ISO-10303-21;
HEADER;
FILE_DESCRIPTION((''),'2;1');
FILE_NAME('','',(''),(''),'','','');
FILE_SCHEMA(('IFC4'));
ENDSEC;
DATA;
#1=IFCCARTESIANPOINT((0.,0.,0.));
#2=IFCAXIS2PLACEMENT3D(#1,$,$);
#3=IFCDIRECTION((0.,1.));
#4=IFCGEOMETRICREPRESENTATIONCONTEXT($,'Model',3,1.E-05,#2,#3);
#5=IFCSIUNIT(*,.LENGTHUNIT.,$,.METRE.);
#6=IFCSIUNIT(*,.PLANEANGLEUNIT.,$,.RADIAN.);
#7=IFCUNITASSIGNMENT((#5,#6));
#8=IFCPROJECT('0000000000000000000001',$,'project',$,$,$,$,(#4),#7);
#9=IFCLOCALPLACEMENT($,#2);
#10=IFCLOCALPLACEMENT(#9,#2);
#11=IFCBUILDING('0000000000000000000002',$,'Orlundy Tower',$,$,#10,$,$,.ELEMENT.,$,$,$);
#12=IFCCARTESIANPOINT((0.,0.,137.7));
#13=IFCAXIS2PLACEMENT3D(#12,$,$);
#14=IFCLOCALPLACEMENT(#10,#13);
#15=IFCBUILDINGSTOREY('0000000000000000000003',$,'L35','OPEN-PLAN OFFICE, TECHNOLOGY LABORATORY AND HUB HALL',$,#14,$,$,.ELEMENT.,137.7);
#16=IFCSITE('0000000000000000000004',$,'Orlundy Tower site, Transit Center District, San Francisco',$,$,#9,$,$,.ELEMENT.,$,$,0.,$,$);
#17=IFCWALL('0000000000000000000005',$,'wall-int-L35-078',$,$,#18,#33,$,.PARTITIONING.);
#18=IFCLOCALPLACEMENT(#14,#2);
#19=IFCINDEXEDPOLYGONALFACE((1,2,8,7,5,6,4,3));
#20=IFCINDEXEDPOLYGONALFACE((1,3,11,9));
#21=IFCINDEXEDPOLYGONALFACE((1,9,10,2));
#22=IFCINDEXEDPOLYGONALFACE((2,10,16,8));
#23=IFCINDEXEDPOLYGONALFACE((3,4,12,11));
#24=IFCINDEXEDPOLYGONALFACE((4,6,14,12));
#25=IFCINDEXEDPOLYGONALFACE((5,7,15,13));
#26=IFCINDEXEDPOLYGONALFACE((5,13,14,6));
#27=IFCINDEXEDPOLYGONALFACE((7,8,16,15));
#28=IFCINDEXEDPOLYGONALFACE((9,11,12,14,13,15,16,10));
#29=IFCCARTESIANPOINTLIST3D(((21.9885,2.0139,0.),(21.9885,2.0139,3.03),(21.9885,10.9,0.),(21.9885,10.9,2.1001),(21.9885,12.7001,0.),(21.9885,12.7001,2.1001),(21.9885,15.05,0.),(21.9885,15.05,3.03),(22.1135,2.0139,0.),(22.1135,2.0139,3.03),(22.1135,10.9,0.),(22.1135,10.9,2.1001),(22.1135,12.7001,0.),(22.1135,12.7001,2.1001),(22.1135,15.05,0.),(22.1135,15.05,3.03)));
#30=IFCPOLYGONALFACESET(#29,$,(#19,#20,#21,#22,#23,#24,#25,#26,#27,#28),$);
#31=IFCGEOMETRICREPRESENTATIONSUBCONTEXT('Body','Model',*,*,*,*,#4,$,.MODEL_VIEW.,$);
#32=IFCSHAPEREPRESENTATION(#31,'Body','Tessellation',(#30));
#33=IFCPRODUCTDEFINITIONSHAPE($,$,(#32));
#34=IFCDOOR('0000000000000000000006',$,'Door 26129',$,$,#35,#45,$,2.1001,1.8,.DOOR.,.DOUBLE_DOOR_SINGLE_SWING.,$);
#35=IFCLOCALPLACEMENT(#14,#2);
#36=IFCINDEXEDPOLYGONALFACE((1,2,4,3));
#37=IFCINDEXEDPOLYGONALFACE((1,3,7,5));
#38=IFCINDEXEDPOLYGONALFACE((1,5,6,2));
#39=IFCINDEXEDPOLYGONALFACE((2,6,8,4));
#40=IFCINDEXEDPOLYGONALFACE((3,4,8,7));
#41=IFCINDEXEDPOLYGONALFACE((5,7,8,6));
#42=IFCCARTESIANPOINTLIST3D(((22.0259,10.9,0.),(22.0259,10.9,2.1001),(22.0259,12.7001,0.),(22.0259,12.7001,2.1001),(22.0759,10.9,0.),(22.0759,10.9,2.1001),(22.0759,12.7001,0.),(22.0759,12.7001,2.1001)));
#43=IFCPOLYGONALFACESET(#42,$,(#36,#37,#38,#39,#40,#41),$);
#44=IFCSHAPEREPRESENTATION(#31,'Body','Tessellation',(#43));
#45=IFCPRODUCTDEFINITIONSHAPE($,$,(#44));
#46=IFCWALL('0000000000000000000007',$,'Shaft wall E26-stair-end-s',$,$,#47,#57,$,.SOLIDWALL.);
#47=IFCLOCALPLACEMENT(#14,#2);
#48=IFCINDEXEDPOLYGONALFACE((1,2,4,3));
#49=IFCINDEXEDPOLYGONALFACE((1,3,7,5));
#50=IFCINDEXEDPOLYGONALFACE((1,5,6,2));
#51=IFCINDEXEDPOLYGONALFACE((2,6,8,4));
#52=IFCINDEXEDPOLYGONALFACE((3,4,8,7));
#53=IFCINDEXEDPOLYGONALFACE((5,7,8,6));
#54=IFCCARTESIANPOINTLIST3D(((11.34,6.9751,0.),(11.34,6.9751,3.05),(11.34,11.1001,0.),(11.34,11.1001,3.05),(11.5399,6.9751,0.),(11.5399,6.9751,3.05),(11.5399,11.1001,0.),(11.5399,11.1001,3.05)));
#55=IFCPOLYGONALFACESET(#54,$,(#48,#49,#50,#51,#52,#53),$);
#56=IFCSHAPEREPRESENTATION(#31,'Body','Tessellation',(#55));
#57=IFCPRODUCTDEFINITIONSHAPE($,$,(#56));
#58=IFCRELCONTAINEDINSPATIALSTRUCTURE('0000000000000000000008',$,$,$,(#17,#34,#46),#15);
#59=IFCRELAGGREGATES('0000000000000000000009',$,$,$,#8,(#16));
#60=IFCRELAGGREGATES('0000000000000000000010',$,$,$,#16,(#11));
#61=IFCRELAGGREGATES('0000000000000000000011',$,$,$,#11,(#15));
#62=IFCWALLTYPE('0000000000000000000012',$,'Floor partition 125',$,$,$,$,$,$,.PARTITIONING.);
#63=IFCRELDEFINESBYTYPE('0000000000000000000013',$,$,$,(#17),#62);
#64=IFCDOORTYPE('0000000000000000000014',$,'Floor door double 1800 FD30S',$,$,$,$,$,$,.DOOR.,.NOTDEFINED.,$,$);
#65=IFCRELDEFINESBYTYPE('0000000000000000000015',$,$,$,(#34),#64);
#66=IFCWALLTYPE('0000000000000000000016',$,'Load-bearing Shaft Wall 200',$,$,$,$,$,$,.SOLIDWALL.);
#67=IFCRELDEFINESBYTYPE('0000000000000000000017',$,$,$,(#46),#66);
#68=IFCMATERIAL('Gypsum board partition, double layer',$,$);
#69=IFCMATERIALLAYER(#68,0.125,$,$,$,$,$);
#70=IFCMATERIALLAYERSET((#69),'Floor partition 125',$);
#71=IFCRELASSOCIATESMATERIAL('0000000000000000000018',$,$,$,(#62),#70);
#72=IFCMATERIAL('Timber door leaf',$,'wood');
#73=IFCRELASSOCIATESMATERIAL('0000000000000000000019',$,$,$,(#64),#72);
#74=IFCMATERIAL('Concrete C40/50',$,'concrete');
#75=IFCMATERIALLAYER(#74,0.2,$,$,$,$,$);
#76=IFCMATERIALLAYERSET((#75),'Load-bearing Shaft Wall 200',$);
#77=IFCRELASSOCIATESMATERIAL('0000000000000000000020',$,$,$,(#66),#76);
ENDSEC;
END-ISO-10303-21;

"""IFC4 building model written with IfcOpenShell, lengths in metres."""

from ifc_helpers import new_model, si_unit, direction, frame, frame_2d, origin, place, context, subcontext, project, spatial, rectangle, extrude, material, layer, layer_set, type_object, element, fill, save


model = new_model("IFC4")

# Units and contexts
model_context = context("Model", 3, precision=1e-05, world=origin(), true_north=direction((0.0, 1.0)))
body_context = subcontext(model_context, "Body", "Model", "MODEL_VIEW")
ifc_project = project(units=[si_unit("LENGTHUNIT", "METRE"), si_unit("PLANEANGLEUNIT", "RADIAN")], contexts=[model_context])

# Site, building, storey
site_placement = place(None, origin())
site = spatial("IfcSite", under=ifc_project, at=site_placement, Name="Orlundy Tower site, Transit Center District, San Francisco", CompositionType="ELEMENT", RefElevation=0.0)
building_placement = place(site_placement, origin())
building = spatial("IfcBuilding", under=site, at=building_placement, Name="Orlundy Tower", CompositionType="ELEMENT")
storey_placement = place(building_placement, frame((0.0, 0.0, 137.7)))
storey = spatial("IfcBuildingStorey", under=building, at=storey_placement, Name="L35", Description="OPEN-PLAN OFFICE, TECHNOLOGY LABORATORY AND HUB HALL", CompositionType="ELEMENT", Elevation=137.7)

# Shared definitions
ifc_material_1 = material(Name="Gypsum board partition, double layer")
ifc_layer_1 = layer(ifc_material_1, 0.125)
ifc_layer_set_1 = layer_set([ifc_layer_1], Name="Floor partition 125")
wall_type_1 = type_object("IfcWallType", Name="Floor partition 125", PredefinedType="PARTITIONING", material=ifc_layer_set_1)

# Wall, opening, door
wall_1_placement = place(storey_placement, frame((22.051, 15.05, 0.0), z_axis=(0.0, 0.0, 1.0), x_axis=(0.0, -1.0, 0.0)))
wall_1 = element("IfcWall", 1, at=wall_1_placement, inside=storey, type_object=wall_type_1, Name="wall-int-L35-078", PredefinedType="PARTITIONING", context=body_context, shape_type="SweptSolid", body=[
    extrude(rectangle(XDim=13.0361, YDim=0.125, at=frame_2d((6.5181, 0.0))), origin(), (0.0, 0.0, 1.0), 3.03),
])
opening_1_placement = place(wall_1_placement, frame((2.3501, 0.0, 0.0)))
opening_1 = element("IfcOpeningElement", 2, at=opening_1_placement, cuts=wall_1, PredefinedType="OPENING", context=body_context, shape_type="SweptSolid", body=[
    extrude(rectangle(XDim=1.8, YDim=2.1001, at=frame_2d((0.8999, 1.05))), frame((0.0, 0.0725, 0.0), z_axis=(0.0, -1.0, 0.0), x_axis=(1.0, 0.0, 0.0)), (0.0, 0.0, 1.0), 0.145),
])
ifc_material_2 = material(Name="Timber door leaf", Category="wood")
door_type_1 = type_object("IfcDoorType", Name="Floor door double 1800 FD30S", OperationType="NOTDEFINED", PredefinedType="DOOR", material=ifc_material_2)
door_1_placement = place(opening_1_placement, origin())
door_1 = element("IfcDoor", 3, at=door_1_placement, inside=storey, type_object=door_type_1, Name="Door 26129", OperationType="DOUBLE_DOOR_SINGLE_SWING", OverallHeight=2.1001, OverallWidth=1.8, PredefinedType="DOOR", context=body_context, shape_type="SweptSolid", body=[
    extrude(rectangle(XDim=1.8, YDim=2.1001, at=frame_2d((0.8999, 1.05))), frame((0.0, 0.0249, 0.0), z_axis=(0.0, -1.0, 0.0), x_axis=(1.0, 0.0, 0.0)), (0.0, 0.0, 1.0), 0.05),
])
fill(opening_1, door_1)

# Wall
ifc_material_3 = material(Name="Concrete C40/50", Category="concrete")
ifc_layer_2 = layer(ifc_material_3, 0.2)
ifc_layer_set_2 = layer_set([ifc_layer_2], Name="Load-bearing Shaft Wall 200")
wall_type_2 = type_object("IfcWallType", Name="Load-bearing Shaft Wall 200", PredefinedType="SOLIDWALL", material=ifc_layer_set_2)
wall_2_placement = place(storey_placement, frame((11.4399, 11.1001, 0.0), z_axis=(0.0, 0.0, 1.0), x_axis=(0.0, -1.0, 0.0)))
element("IfcWall", 4, at=wall_2_placement, inside=storey, type_object=wall_type_2, Name="Shaft wall E26-stair-end-s", PredefinedType="SOLIDWALL", context=body_context, shape_type="SweptSolid", body=[
    extrude(rectangle(XDim=4.125, YDim=0.2, at=frame_2d((2.0625, 0.0))), origin(), (0.0, 0.0, 1.0), 3.05),
])

save(model, "model.ifc")
